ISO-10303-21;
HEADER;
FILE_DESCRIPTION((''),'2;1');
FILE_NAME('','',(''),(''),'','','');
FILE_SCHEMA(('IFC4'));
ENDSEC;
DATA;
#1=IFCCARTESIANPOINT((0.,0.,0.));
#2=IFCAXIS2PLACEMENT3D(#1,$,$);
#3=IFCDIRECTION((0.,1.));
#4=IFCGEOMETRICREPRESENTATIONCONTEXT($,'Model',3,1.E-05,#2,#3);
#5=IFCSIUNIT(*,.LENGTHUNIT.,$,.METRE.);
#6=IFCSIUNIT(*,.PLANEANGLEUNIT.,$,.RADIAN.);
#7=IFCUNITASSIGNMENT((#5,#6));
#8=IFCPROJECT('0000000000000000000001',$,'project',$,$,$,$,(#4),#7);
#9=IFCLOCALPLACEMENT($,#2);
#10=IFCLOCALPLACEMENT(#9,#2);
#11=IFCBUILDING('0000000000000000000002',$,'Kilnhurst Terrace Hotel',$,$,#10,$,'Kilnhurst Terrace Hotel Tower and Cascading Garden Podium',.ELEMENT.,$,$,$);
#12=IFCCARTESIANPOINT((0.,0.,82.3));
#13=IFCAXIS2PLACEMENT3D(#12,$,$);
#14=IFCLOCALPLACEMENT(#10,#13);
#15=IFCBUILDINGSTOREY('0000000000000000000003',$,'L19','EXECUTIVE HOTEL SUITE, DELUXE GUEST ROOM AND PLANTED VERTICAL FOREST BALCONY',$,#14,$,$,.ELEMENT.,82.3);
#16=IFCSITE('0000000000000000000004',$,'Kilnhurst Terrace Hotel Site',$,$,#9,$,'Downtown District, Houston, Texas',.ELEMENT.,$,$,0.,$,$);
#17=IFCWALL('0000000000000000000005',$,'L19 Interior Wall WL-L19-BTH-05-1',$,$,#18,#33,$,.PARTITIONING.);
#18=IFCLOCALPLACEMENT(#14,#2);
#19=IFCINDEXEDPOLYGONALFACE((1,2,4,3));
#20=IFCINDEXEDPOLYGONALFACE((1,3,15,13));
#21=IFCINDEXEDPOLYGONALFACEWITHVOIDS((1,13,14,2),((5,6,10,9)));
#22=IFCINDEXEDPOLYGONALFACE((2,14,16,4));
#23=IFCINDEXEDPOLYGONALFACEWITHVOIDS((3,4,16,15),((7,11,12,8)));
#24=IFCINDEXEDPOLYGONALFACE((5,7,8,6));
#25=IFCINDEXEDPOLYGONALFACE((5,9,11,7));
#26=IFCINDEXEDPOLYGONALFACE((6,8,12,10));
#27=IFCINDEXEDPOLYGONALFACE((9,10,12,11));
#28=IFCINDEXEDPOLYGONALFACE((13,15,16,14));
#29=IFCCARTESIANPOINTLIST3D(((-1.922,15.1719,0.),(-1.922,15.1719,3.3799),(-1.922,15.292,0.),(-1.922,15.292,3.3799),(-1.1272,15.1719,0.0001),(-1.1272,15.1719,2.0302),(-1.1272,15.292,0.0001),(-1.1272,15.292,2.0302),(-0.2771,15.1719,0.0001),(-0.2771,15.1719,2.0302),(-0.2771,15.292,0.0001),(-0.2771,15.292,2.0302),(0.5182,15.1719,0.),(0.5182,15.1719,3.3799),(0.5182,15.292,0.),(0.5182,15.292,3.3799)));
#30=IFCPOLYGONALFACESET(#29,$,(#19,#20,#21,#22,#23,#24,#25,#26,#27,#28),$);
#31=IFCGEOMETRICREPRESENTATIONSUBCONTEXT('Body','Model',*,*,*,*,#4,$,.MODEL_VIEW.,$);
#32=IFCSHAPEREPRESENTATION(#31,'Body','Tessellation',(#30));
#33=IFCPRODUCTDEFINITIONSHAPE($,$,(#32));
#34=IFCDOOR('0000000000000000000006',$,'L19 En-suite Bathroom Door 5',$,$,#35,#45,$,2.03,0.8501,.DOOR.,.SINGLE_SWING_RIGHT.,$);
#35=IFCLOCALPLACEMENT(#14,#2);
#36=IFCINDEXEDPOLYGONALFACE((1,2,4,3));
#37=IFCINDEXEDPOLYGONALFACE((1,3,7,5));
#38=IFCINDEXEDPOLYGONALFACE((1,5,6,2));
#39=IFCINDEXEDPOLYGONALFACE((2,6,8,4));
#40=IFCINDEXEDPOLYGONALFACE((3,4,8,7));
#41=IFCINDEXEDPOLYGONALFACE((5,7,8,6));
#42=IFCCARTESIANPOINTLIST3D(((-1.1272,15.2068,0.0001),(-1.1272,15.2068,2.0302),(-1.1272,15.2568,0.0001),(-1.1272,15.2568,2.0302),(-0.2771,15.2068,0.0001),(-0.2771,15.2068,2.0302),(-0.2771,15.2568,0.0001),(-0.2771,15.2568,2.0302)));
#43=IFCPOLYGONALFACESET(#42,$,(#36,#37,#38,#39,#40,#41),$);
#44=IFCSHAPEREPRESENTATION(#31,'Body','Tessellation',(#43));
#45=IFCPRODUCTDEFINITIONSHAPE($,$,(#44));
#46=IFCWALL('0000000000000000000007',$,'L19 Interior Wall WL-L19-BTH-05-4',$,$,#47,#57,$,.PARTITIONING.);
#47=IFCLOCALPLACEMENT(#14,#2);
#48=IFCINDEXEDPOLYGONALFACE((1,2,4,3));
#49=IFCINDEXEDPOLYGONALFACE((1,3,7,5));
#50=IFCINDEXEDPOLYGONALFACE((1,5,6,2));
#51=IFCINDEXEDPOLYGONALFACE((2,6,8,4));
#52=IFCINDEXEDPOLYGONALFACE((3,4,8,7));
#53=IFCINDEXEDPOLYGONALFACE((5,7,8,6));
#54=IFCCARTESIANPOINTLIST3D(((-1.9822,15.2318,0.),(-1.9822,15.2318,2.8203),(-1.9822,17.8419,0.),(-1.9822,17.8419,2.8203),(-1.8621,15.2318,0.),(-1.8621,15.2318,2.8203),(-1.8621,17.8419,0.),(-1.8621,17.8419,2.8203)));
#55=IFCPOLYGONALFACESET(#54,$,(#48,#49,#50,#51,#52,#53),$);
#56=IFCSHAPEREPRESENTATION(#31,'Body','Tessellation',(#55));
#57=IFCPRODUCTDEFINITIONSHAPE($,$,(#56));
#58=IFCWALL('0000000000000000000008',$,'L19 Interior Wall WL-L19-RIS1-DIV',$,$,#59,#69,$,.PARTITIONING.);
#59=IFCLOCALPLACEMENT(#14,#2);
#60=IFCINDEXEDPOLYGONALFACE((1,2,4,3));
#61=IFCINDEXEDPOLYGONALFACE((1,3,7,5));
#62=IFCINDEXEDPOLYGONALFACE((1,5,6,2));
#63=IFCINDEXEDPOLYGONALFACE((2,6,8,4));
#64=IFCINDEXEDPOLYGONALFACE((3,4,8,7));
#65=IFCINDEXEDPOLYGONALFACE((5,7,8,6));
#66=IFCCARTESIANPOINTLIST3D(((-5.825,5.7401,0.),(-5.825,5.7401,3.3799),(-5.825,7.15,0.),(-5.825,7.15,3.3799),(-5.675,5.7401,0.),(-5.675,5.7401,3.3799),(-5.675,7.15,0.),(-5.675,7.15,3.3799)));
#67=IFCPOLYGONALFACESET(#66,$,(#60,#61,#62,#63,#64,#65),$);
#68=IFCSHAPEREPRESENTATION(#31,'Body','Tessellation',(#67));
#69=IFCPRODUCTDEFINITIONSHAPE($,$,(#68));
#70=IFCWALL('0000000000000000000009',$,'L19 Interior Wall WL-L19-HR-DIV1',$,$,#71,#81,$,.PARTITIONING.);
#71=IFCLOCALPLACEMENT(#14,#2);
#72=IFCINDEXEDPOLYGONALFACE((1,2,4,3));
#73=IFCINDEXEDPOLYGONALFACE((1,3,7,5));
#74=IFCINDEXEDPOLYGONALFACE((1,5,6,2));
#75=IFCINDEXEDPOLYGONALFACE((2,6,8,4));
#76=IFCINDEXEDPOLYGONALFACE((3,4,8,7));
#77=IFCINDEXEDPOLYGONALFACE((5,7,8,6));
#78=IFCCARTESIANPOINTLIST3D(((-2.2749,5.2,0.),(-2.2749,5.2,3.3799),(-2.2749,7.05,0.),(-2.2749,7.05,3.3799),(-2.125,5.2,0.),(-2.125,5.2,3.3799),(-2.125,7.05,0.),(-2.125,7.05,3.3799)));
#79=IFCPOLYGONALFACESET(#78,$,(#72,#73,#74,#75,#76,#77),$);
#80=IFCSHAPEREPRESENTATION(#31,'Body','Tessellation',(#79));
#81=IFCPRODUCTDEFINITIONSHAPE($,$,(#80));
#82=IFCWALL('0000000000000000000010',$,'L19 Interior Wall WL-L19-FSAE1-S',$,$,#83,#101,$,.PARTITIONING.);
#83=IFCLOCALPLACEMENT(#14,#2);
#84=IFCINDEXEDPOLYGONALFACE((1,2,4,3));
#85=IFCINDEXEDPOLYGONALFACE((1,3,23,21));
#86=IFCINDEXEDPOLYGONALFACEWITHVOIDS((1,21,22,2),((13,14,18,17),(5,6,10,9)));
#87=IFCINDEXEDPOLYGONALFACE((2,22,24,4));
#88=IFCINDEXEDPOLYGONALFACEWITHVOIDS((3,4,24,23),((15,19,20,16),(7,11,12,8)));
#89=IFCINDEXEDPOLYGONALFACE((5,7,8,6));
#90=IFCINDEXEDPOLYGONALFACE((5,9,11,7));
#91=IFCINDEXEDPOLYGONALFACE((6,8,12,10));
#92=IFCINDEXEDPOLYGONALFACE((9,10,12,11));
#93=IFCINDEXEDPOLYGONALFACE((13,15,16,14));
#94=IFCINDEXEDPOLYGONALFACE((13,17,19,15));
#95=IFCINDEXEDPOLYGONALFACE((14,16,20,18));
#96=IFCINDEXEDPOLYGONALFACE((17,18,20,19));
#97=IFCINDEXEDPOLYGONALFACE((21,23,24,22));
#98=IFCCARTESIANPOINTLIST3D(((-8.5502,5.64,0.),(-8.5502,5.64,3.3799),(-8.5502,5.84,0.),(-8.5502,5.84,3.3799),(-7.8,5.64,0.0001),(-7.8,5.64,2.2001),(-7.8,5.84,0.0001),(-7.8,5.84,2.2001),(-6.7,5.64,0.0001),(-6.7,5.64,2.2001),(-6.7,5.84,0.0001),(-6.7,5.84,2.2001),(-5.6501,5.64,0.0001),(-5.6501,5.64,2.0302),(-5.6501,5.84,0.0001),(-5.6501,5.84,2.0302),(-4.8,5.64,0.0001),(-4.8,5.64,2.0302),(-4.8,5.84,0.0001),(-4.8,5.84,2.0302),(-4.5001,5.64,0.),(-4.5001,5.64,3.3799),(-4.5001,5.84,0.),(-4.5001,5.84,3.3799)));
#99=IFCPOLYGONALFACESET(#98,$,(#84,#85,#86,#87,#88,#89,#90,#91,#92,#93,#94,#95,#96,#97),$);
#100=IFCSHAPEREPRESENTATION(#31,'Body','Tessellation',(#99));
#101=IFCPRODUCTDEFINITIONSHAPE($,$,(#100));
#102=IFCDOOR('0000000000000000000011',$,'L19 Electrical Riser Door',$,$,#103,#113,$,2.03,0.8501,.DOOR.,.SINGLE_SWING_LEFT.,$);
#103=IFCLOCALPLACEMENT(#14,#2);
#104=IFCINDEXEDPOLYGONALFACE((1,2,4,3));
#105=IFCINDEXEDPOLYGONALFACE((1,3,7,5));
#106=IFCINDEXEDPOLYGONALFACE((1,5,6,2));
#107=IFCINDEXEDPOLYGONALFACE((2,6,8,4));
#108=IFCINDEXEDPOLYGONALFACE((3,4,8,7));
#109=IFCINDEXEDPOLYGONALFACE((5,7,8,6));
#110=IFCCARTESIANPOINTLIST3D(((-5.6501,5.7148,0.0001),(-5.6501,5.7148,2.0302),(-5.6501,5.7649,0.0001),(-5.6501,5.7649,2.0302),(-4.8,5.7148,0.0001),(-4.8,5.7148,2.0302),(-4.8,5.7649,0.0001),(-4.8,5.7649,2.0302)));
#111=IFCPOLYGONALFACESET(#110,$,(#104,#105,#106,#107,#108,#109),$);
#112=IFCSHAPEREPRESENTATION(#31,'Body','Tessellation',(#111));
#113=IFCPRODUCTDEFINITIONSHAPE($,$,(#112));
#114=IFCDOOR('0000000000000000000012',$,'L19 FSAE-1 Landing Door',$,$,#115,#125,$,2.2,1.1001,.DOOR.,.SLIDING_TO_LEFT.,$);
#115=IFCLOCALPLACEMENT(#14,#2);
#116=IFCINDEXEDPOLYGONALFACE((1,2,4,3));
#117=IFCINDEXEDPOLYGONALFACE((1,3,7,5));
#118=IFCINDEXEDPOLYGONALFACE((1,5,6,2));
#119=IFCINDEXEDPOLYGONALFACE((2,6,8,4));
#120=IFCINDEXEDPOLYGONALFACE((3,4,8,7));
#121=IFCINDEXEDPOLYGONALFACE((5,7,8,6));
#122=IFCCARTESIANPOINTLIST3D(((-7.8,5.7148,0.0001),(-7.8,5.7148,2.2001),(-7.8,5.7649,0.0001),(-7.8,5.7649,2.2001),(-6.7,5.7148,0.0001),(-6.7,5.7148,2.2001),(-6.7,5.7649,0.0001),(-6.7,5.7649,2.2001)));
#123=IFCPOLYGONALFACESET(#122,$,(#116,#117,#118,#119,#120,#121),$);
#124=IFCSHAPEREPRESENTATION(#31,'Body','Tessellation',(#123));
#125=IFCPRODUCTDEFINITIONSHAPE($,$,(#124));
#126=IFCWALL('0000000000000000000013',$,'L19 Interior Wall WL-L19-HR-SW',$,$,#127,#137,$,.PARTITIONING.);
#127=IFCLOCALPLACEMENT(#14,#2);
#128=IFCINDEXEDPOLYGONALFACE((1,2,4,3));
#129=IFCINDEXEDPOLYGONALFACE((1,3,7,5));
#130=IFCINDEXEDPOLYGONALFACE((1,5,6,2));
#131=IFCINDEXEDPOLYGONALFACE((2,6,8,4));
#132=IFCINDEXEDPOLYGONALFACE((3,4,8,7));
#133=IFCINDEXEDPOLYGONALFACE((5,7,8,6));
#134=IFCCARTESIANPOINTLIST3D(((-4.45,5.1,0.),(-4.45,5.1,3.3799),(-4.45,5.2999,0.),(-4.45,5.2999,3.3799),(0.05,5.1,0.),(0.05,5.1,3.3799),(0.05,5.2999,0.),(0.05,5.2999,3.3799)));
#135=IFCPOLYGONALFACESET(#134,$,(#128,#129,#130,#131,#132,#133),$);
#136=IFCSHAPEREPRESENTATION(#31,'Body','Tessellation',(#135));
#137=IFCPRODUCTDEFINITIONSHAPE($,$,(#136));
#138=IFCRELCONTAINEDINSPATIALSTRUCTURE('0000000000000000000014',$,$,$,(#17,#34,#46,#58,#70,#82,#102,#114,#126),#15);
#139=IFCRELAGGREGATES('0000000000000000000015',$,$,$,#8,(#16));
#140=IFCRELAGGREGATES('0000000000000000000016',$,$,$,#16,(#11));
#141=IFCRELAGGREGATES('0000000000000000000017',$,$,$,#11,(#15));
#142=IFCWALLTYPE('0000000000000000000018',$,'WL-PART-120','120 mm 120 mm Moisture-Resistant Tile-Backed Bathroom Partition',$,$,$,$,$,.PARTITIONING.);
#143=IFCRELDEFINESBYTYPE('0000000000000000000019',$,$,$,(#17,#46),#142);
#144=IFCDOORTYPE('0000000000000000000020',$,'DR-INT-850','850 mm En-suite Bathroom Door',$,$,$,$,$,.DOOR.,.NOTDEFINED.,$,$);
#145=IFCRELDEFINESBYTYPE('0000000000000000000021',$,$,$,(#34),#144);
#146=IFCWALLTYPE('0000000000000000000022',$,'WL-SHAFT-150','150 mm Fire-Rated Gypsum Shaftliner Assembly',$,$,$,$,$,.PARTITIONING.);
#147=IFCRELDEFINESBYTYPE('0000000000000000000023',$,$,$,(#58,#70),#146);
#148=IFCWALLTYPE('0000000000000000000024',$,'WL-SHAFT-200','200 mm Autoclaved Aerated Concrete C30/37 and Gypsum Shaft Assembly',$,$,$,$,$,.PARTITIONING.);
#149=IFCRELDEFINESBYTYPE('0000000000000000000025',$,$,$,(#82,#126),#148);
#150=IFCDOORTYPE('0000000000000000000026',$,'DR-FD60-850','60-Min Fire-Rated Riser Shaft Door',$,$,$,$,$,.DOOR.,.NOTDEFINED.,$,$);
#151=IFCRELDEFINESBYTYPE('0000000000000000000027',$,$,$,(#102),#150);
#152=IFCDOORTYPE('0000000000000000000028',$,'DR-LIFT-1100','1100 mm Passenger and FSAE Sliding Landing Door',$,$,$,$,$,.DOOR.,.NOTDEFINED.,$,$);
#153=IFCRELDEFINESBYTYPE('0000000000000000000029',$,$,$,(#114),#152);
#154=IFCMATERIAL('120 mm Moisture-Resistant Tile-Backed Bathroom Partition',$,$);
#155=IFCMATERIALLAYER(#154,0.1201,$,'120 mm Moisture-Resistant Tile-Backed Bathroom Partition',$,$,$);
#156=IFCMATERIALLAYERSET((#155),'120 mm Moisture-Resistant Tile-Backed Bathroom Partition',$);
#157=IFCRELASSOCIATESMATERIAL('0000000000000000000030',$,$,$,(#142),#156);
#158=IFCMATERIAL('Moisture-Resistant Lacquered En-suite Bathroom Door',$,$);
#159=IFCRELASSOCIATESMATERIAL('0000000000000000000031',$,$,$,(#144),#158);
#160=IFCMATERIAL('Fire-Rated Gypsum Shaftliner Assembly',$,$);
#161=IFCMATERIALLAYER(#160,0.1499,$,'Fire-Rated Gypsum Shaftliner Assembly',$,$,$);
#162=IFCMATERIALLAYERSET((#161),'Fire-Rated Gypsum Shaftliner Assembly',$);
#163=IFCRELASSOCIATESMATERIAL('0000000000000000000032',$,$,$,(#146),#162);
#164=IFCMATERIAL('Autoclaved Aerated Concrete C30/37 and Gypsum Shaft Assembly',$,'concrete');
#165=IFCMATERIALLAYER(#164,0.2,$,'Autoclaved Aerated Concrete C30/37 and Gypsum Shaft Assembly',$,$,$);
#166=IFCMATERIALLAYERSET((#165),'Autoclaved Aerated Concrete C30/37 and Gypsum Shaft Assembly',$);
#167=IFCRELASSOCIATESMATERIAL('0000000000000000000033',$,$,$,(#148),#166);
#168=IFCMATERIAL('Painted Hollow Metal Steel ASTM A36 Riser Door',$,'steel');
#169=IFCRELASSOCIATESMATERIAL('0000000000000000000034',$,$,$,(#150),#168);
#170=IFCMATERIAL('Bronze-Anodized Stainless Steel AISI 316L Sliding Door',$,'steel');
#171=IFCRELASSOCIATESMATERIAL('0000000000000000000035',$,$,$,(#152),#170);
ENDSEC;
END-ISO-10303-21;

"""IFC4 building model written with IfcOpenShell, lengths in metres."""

from ifc_helpers import new_model, si_unit, direction, frame, frame_2d, origin, place, context, subcontext, project, spatial, rectangle, extrude, material, layer, layer_set, type_object, element, fill, save


model = new_model("IFC4")

# Units and contexts
model_context = context("Model", 3, precision=1e-05, world=origin(), true_north=direction((0.0, 1.0)))
body_context = subcontext(model_context, "Body", "Model", "MODEL_VIEW")
ifc_project = project(units=[si_unit("LENGTHUNIT", "METRE"), si_unit("PLANEANGLEUNIT", "RADIAN")], contexts=[model_context])

# Site, building, storey
site_placement = place(None, origin())
site = spatial("IfcSite", under=ifc_project, at=site_placement, Name="Kilnhurst Terrace Hotel Site", LongName="Downtown District, Houston, Texas", CompositionType="ELEMENT", RefElevation=0.0)
building_placement = place(site_placement, origin())
building = spatial("IfcBuilding", under=site, at=building_placement, Name="Kilnhurst Terrace Hotel", LongName="Kilnhurst Terrace Hotel Tower and Cascading Garden Podium", CompositionType="ELEMENT")
storey_placement = place(building_placement, frame((0.0, 0.0, 82.3)))
storey = spatial("IfcBuildingStorey", under=building, at=storey_placement, Name="L19", Description="EXECUTIVE HOTEL SUITE, DELUXE GUEST ROOM AND PLANTED VERTICAL FOREST BALCONY", CompositionType="ELEMENT", Elevation=82.3)

# Wall, opening, door
ifc_material_1 = material(Name="120 mm Moisture-Resistant Tile-Backed Bathroom Partition")
ifc_layer_1 = layer(ifc_material_1, 0.1201, Name="120 mm Moisture-Resistant Tile-Backed Bathroom Partition")
ifc_layer_set_1 = layer_set([ifc_layer_1], Name="120 mm Moisture-Resistant Tile-Backed Bathroom Partition")
wall_type_1 = type_object("IfcWallType", Name="WL-PART-120", Description="120 mm 120 mm Moisture-Resistant Tile-Backed Bathroom Partition", PredefinedType="PARTITIONING", material=ifc_layer_set_1)
wall_1_placement = place(storey_placement, frame((-1.9221, 15.2319, 0.0), z_axis=(0.0, 0.0, 1.0), x_axis=(1.0, 0.0, 0.0)))
wall_1 = element("IfcWall", 1, at=wall_1_placement, inside=storey, type_object=wall_type_1, Name="L19 Interior Wall WL-L19-BTH-05-1", PredefinedType="PARTITIONING", context=body_context, shape_type="SweptSolid", body=[
    extrude(rectangle(XDim=2.4402, YDim=0.1201, at=frame_2d((1.2202, 0.0))), origin(), (0.0, 0.0, 1.0), 3.3799),
])
opening_1_placement = place(wall_1_placement, frame((0.7949, 0.0, 0.0)))
opening_1 = element("IfcOpeningElement", 2, at=opening_1_placement, cuts=wall_1, PredefinedType="OPENING", context=body_context, shape_type="SweptSolid", body=[
    extrude(rectangle(XDim=0.8501, YDim=2.03, at=frame_2d((0.425, 1.0151))), frame((0.0, 0.0701, 0.0), z_axis=(0.0, -1.0, 0.0), x_axis=(1.0, 0.0, 0.0)), (0.0, 0.0, 1.0), 0.1401),
])
ifc_material_2 = material(Name="Moisture-Resistant Lacquered En-suite Bathroom Door")
door_type_1 = type_object("IfcDoorType", Name="DR-INT-850", Description="850 mm En-suite Bathroom Door", OperationType="NOTDEFINED", PredefinedType="DOOR", material=ifc_material_2)
door_1_placement = place(opening_1_placement, origin())
door_1 = element("IfcDoor", 3, at=door_1_placement, inside=storey, type_object=door_type_1, Name="L19 En-suite Bathroom Door 5", OperationType="SINGLE_SWING_RIGHT", OverallHeight=2.03, OverallWidth=0.8501, PredefinedType="DOOR", context=body_context, shape_type="SweptSolid", body=[
    extrude(rectangle(XDim=0.8501, YDim=2.03, at=frame_2d((0.425, 1.0151))), frame((0.0, 0.0249, 0.0), z_axis=(0.0, -1.0, 0.0), x_axis=(1.0, 0.0, 0.0)), (0.0, 0.0, 1.0), 0.05),
])
fill(opening_1, door_1)

# Walls
wall_2_placement = place(storey_placement, frame((-1.9221, 17.842, 0.0), z_axis=(0.0, 0.0, 1.0), x_axis=(0.0, -1.0, 0.0)))
element("IfcWall", 4, at=wall_2_placement, inside=storey, type_object=wall_type_1, Name="L19 Interior Wall WL-L19-BTH-05-4", PredefinedType="PARTITIONING", context=body_context, shape_type="SweptSolid", body=[
    extrude(rectangle(XDim=2.6101, YDim=0.1201, at=frame_2d((1.3052, 0.0))), origin(), (0.0, 0.0, 1.0), 2.8203),
])
ifc_material_3 = material(Name="Fire-Rated Gypsum Shaftliner Assembly")
ifc_layer_2 = layer(ifc_material_3, 0.1499, Name="Fire-Rated Gypsum Shaftliner Assembly")
ifc_layer_set_2 = layer_set([ifc_layer_2], Name="Fire-Rated Gypsum Shaftliner Assembly")
wall_type_2 = type_object("IfcWallType", Name="WL-SHAFT-150", Description="150 mm Fire-Rated Gypsum Shaftliner Assembly", PredefinedType="PARTITIONING", material=ifc_layer_set_2)
wall_3_placement = place(storey_placement, frame((-5.75, 5.74, 0.0), z_axis=(0.0, 0.0, 1.0), x_axis=(0.0, 1.0, 0.0)))
element("IfcWall", 5, at=wall_3_placement, inside=storey, type_object=wall_type_2, Name="L19 Interior Wall WL-L19-RIS1-DIV", PredefinedType="PARTITIONING", context=body_context, shape_type="SweptSolid", body=[
    extrude(rectangle(XDim=1.4099, YDim=0.1499, at=frame_2d((0.7051, 0.0))), origin(), (0.0, 0.0, 1.0), 3.3799),
])
wall_4_placement = place(storey_placement, frame((-2.2, 5.2, 0.0), z_axis=(0.0, 0.0, 1.0), x_axis=(0.0, 1.0, 0.0)))
element("IfcWall", 6, at=wall_4_placement, inside=storey, type_object=wall_type_2, Name="L19 Interior Wall WL-L19-HR-DIV1", PredefinedType="PARTITIONING", context=body_context, shape_type="SweptSolid", body=[
    extrude(rectangle(XDim=1.8501, YDim=0.1499, at=frame_2d((0.925, 0.0))), origin(), (0.0, 0.0, 1.0), 3.3799),
])

# Wall, openings, doors
ifc_material_4 = material(Name="Autoclaved Aerated Concrete C30/37 and Gypsum Shaft Assembly", Category="concrete")
ifc_layer_3 = layer(ifc_material_4, 0.2, Name="Autoclaved Aerated Concrete C30/37 and Gypsum Shaft Assembly")
ifc_layer_set_3 = layer_set([ifc_layer_3], Name="Autoclaved Aerated Concrete C30/37 and Gypsum Shaft Assembly")
wall_type_3 = type_object("IfcWallType", Name="WL-SHAFT-200", Description="200 mm Autoclaved Aerated Concrete C30/37 and Gypsum Shaft Assembly", PredefinedType="PARTITIONING", material=ifc_layer_set_3)
wall_5_placement = place(storey_placement, frame((-8.55, 5.74, 0.0), z_axis=(0.0, 0.0, 1.0), x_axis=(1.0, 0.0, 0.0)))
wall_5 = element("IfcWall", 7, at=wall_5_placement, inside=storey, type_object=wall_type_3, Name="L19 Interior Wall WL-L19-FSAE1-S", PredefinedType="PARTITIONING", context=body_context, shape_type="SweptSolid", body=[
    extrude(rectangle(XDim=4.05, YDim=0.2, at=frame_2d((2.0249, 0.0))), origin(), (0.0, 0.0, 1.0), 3.3799),
])
opening_2_placement = place(wall_5_placement, frame((0.75, 0.0, 0.0)))
opening_2 = element("IfcOpeningElement", 8, at=opening_2_placement, cuts=wall_5, PredefinedType="OPENING", context=body_context, shape_type="SweptSolid", body=[
    extrude(rectangle(XDim=1.1001, YDim=2.2, at=frame_2d((0.55, 1.1001))), frame((0.0, 0.1099, 0.0), z_axis=(0.0, -1.0, 0.0), x_axis=(1.0, 0.0, 0.0)), (0.0, 0.0, 1.0), 0.22),
])
opening_3_placement = place(wall_5_placement, frame((2.8999, 0.0, 0.0)))
opening_3 = element("IfcOpeningElement", 9, at=opening_3_placement, cuts=wall_5, PredefinedType="OPENING", context=body_context, shape_type="SweptSolid", body=[
    extrude(rectangle(XDim=0.8501, YDim=2.03, at=frame_2d((0.425, 1.0151))), frame((0.0, 0.1099, 0.0), z_axis=(0.0, -1.0, 0.0), x_axis=(1.0, 0.0, 0.0)), (0.0, 0.0, 1.0), 0.22),
])
ifc_material_5 = material(Name="Painted Hollow Metal Steel ASTM A36 Riser Door", Category="steel")
door_type_2 = type_object("IfcDoorType", Name="DR-FD60-850", Description="60-Min Fire-Rated Riser Shaft Door", OperationType="NOTDEFINED", PredefinedType="DOOR", material=ifc_material_5)
door_2_placement = place(opening_3_placement, origin())
door_2 = element("IfcDoor", 10, at=door_2_placement, inside=storey, type_object=door_type_2, Name="L19 Electrical Riser Door", OperationType="SINGLE_SWING_LEFT", OverallHeight=2.03, OverallWidth=0.8501, PredefinedType="DOOR", context=body_context, shape_type="SweptSolid", body=[
    extrude(rectangle(XDim=0.8501, YDim=2.03, at=frame_2d((0.425, 1.0151))), frame((0.0, 0.0249, 0.0), z_axis=(0.0, -1.0, 0.0), x_axis=(1.0, 0.0, 0.0)), (0.0, 0.0, 1.0), 0.05),
])
fill(opening_3, door_2)
ifc_material_6 = material(Name="Bronze-Anodized Stainless Steel AISI 316L Sliding Door", Category="steel")
door_type_3 = type_object("IfcDoorType", Name="DR-LIFT-1100", Description="1100 mm Passenger and FSAE Sliding Landing Door", OperationType="NOTDEFINED", PredefinedType="DOOR", material=ifc_material_6)
door_3_placement = place(opening_2_placement, origin())
door_3 = element("IfcDoor", 11, at=door_3_placement, inside=storey, type_object=door_type_3, Name="L19 FSAE-1 Landing Door", OperationType="SLIDING_TO_LEFT", OverallHeight=2.2, OverallWidth=1.1001, PredefinedType="DOOR", context=body_context, shape_type="SweptSolid", body=[
    extrude(rectangle(XDim=1.1001, YDim=2.2, at=frame_2d((0.55, 1.1001))), frame((0.0, 0.0249, 0.0), z_axis=(0.0, -1.0, 0.0), x_axis=(1.0, 0.0, 0.0)), (0.0, 0.0, 1.0), 0.05),
])
fill(opening_2, door_3)

# Wall
wall_6_placement = place(storey_placement, frame((-4.45, 5.2, 0.0), z_axis=(0.0, 0.0, 1.0), x_axis=(1.0, 0.0, 0.0)))
element("IfcWall", 12, at=wall_6_placement, inside=storey, type_object=wall_type_3, Name="L19 Interior Wall WL-L19-HR-SW", PredefinedType="PARTITIONING", context=body_context, shape_type="SweptSolid", body=[
    extrude(rectangle(XDim=4.5, YDim=0.2, at=frame_2d((2.25, 0.0))), origin(), (0.0, 0.0, 1.0), 3.3799),
])

save(model, "model.ifc")
